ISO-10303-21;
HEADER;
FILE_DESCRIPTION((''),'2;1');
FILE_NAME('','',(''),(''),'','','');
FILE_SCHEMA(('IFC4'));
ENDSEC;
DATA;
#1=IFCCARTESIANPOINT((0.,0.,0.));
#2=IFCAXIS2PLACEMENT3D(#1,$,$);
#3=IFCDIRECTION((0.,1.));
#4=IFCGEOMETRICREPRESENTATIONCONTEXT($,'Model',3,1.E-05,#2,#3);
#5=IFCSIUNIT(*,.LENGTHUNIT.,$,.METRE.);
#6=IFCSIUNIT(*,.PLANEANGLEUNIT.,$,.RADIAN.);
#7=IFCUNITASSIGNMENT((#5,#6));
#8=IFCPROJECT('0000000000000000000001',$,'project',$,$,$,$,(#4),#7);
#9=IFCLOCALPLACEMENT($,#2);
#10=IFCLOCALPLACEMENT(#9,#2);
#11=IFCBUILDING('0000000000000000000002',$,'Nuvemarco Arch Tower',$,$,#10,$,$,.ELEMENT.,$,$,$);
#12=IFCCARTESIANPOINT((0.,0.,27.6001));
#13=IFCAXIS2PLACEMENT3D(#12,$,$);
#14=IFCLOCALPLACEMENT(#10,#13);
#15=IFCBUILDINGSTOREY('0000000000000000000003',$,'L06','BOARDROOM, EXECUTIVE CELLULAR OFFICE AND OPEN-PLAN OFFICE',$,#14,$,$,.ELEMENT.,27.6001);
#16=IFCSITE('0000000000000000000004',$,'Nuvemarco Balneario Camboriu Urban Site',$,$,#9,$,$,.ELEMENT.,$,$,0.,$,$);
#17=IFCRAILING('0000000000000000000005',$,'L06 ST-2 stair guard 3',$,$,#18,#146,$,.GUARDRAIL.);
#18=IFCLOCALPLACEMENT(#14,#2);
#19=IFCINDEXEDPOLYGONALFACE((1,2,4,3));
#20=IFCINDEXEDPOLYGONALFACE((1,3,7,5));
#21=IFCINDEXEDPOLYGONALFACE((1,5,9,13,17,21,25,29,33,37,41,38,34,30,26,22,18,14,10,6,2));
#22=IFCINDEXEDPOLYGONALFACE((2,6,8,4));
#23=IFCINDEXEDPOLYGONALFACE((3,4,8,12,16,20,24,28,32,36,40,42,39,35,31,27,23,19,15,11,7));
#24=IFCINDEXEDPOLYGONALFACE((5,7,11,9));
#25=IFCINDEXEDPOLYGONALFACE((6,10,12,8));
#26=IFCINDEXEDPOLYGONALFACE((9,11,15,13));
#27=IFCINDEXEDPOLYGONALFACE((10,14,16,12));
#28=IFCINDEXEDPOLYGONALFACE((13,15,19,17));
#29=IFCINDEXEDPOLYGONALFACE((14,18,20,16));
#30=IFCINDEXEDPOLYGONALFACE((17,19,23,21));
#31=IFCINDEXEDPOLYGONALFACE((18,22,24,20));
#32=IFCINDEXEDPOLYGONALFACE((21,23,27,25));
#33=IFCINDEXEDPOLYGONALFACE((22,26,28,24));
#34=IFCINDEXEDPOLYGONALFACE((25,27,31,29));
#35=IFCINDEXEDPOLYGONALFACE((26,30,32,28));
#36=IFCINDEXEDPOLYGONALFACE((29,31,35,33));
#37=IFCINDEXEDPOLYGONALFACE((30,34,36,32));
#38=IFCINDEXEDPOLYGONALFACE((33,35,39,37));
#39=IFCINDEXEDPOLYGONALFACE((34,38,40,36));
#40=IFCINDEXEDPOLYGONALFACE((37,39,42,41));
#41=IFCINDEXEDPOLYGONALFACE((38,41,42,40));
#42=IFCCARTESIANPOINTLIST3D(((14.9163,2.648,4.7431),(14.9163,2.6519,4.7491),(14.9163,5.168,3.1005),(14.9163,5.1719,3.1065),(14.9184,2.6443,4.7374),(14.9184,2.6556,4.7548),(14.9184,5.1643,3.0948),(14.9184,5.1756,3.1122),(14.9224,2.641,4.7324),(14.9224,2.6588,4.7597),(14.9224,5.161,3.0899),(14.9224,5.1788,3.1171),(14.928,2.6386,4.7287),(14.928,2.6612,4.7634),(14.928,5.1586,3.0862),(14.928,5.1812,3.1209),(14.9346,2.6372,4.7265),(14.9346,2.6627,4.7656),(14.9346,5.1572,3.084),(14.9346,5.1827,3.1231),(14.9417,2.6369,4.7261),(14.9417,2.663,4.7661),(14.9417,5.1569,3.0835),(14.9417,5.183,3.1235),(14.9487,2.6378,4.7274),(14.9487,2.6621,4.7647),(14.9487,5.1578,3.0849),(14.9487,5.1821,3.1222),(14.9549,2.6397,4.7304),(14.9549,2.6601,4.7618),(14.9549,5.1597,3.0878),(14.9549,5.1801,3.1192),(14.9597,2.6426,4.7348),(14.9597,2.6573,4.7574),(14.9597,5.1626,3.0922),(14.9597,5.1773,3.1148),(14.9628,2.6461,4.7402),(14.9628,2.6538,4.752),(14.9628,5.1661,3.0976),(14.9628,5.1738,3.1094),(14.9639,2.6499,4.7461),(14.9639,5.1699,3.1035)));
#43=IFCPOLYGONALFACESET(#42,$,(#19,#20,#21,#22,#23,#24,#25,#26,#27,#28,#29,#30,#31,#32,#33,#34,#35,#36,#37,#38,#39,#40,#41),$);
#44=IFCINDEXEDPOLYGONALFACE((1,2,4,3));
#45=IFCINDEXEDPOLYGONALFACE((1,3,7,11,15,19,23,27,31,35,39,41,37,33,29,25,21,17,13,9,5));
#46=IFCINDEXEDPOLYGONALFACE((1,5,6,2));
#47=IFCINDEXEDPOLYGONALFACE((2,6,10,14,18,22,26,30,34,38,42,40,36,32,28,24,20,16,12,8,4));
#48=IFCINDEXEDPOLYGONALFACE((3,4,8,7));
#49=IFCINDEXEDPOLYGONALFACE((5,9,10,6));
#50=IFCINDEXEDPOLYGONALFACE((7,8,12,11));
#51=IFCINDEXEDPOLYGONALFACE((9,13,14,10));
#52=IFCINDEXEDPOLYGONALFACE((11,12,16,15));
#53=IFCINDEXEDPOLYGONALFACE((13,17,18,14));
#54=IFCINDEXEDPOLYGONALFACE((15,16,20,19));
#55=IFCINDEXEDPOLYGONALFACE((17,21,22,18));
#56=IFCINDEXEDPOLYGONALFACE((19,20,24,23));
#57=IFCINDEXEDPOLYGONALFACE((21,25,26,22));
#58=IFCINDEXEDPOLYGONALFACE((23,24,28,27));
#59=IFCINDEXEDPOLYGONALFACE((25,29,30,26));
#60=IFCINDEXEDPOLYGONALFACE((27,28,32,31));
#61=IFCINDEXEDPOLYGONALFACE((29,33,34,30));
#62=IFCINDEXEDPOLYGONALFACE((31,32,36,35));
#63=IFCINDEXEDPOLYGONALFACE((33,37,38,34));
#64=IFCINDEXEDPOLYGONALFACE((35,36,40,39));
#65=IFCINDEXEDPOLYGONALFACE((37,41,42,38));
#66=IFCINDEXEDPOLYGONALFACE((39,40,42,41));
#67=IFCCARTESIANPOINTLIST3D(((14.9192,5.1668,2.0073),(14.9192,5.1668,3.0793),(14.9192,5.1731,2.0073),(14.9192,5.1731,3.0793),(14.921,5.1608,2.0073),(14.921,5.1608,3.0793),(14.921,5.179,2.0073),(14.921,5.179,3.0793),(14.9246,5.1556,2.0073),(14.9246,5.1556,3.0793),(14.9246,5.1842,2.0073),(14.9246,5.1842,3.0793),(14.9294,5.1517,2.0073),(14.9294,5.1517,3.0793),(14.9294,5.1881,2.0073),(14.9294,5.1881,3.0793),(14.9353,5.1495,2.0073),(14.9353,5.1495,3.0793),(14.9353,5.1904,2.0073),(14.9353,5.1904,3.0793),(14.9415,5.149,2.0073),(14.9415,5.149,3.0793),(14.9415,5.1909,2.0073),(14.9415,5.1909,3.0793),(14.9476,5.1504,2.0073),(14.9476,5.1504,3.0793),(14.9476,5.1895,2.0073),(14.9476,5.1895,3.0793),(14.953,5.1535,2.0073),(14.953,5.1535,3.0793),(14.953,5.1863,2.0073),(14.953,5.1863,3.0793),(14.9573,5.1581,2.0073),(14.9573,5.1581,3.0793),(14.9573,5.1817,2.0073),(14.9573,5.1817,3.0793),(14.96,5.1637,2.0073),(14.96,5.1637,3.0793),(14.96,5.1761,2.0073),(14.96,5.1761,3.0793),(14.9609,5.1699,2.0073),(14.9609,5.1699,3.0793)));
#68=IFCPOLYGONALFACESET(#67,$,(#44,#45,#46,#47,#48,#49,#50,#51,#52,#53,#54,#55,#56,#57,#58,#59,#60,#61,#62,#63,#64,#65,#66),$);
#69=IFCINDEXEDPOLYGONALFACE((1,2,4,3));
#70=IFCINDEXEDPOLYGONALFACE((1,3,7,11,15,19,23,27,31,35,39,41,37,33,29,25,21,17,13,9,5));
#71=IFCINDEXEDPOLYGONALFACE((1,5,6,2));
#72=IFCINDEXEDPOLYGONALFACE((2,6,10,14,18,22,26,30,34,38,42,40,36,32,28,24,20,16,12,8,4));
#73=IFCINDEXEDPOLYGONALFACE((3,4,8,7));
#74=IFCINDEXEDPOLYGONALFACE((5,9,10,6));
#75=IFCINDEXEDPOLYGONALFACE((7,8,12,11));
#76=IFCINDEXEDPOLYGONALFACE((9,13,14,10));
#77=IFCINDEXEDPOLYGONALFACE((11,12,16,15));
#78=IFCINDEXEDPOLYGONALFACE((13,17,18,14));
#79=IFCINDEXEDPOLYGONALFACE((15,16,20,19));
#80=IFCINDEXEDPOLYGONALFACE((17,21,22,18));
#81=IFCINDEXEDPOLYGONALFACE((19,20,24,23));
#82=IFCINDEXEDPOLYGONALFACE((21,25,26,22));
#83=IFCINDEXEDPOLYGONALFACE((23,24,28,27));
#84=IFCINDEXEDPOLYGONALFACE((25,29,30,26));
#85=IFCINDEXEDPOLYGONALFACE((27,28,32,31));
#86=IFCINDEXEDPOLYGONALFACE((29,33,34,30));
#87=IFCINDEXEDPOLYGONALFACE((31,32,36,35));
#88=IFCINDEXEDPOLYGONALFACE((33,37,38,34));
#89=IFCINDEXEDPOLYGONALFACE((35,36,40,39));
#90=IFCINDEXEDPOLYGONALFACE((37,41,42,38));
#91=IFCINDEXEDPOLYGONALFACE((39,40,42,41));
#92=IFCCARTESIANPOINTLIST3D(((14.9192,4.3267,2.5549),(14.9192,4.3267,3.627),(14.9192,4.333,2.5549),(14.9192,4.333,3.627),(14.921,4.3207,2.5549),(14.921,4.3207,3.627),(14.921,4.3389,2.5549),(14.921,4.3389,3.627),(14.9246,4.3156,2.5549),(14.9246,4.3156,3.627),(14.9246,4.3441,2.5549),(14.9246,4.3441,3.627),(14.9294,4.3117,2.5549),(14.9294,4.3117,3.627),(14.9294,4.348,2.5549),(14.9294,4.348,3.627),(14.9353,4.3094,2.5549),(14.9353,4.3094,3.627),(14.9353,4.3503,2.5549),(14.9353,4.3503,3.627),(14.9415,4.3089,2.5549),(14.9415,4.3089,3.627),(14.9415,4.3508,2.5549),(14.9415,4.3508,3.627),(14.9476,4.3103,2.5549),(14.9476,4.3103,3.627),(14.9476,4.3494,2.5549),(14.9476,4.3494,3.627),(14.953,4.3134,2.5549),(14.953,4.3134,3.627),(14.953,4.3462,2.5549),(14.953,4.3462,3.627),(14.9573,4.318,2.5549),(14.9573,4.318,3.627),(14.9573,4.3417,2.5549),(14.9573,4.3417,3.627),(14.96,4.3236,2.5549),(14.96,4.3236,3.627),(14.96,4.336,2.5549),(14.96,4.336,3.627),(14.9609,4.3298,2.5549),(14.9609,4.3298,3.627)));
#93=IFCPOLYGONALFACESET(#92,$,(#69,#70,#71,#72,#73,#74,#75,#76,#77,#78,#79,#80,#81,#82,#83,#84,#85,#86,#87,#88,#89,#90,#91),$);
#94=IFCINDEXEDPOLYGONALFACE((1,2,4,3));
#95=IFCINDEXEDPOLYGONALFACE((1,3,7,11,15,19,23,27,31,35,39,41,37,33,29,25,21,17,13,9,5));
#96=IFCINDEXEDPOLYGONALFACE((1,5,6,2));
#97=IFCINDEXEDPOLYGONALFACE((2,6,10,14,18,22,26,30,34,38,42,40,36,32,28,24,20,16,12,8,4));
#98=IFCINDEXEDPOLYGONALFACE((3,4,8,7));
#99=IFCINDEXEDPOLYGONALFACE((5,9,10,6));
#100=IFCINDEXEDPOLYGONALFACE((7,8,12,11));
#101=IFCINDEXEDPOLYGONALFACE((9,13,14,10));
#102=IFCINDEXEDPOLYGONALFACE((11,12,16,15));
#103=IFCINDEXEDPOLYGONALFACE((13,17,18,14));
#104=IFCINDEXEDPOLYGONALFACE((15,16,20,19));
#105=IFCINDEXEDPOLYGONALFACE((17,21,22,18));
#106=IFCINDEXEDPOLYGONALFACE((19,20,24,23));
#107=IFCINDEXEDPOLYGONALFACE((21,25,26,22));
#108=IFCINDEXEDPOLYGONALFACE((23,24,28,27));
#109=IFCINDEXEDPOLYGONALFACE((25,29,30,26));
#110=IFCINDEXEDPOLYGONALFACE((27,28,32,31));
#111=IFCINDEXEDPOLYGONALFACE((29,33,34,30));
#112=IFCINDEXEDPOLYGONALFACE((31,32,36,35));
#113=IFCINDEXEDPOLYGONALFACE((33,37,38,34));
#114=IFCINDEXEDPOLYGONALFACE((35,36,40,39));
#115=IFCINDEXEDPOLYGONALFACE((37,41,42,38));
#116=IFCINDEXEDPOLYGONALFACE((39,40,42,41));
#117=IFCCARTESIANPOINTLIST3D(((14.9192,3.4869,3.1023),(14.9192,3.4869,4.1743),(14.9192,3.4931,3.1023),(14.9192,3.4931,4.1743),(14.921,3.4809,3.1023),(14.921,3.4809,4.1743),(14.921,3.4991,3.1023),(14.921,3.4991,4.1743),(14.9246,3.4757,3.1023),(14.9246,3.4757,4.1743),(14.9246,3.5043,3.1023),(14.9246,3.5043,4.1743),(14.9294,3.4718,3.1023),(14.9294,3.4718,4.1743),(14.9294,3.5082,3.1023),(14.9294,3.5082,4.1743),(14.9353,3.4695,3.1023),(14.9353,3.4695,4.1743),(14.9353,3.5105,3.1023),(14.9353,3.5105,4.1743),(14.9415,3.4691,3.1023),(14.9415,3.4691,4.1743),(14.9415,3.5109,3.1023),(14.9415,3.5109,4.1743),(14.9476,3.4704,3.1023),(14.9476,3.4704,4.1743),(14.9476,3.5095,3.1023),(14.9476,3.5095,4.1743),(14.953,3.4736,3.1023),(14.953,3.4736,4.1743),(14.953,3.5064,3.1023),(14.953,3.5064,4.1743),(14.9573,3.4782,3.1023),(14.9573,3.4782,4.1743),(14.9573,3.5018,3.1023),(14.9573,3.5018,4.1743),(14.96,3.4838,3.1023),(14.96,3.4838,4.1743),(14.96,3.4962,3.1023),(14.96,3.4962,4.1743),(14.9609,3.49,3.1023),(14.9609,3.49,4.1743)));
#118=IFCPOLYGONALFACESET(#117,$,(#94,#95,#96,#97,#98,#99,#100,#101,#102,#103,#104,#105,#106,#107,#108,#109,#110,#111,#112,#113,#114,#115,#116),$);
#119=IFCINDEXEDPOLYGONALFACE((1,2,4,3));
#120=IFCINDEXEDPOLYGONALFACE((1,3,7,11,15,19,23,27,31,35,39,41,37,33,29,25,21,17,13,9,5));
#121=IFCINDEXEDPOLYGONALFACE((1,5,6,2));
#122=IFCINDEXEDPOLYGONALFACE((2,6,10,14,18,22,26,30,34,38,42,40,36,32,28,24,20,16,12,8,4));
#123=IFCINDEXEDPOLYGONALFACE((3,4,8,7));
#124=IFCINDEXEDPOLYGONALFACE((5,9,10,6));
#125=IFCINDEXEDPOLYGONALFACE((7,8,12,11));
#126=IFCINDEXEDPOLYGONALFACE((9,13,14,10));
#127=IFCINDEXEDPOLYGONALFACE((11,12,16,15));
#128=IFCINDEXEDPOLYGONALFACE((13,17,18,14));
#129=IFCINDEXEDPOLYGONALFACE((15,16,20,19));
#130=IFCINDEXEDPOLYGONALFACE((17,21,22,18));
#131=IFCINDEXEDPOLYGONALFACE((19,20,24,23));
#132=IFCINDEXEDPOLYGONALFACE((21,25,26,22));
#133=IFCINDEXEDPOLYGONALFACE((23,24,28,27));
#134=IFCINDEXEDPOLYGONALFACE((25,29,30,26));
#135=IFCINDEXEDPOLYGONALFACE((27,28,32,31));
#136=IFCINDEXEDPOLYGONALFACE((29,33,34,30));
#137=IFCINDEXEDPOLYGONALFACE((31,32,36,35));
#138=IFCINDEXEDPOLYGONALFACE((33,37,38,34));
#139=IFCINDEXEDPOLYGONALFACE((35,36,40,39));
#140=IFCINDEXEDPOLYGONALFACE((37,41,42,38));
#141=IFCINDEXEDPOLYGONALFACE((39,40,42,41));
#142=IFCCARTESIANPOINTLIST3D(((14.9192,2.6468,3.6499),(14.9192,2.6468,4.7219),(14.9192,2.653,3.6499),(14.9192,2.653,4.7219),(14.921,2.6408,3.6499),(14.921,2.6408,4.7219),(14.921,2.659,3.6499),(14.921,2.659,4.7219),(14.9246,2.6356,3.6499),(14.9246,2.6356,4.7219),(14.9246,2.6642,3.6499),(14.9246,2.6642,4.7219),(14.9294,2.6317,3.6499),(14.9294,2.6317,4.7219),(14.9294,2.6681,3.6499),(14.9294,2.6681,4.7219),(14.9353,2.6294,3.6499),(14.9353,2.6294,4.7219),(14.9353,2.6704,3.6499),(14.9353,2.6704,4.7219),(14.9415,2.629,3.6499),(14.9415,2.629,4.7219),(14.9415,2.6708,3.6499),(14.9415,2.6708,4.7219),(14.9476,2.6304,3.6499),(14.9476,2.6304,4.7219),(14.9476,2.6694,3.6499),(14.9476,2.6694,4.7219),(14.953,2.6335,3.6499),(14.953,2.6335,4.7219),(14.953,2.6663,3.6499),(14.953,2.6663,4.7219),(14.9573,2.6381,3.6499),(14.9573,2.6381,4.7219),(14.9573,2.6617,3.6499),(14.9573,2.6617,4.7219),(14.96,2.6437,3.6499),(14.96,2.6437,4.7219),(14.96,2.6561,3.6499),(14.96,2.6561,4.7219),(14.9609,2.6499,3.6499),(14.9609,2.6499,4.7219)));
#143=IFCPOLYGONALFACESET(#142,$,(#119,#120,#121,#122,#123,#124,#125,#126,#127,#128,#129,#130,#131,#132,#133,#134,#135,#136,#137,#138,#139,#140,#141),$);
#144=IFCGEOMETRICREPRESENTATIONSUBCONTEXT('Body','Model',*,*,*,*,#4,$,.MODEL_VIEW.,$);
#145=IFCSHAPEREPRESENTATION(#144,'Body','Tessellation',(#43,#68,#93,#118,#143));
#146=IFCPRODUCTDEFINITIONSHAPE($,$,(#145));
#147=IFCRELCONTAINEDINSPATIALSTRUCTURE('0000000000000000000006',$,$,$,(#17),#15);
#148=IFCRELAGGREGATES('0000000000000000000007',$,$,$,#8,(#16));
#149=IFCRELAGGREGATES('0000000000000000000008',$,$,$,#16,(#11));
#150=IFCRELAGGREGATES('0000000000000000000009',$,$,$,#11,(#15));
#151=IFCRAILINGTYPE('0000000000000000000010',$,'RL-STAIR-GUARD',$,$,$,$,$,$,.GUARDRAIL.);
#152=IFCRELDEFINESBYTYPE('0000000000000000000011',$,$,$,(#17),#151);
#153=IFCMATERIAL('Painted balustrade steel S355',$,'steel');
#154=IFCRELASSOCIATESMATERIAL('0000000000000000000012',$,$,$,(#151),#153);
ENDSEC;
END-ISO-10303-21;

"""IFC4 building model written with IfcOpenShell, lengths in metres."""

from ifc_helpers import new_model, si_unit, direction, frame, origin, origin_2d, place, context, subcontext, project, spatial, circle, extrude, material, type_object, element, save


model = new_model("IFC4")

# Units and contexts
model_context = context("Model", 3, precision=1e-05, world=origin(), true_north=direction((0.0, 1.0)))
body_context = subcontext(model_context, "Body", "Model", "MODEL_VIEW")
ifc_project = project(units=[si_unit("LENGTHUNIT", "METRE"), si_unit("PLANEANGLEUNIT", "RADIAN")], contexts=[model_context])

# Site, building, storey
site_placement = place(None, origin())
site = spatial("IfcSite", under=ifc_project, at=site_placement, Name="Nuvemarco Balneario Camboriu Urban Site", CompositionType="ELEMENT", RefElevation=0.0)
building_placement = place(site_placement, origin())
building = spatial("IfcBuilding", under=site, at=building_placement, Name="Nuvemarco Arch Tower", CompositionType="ELEMENT")
storey_placement = place(building_placement, frame((0.0, 0.0, 27.6001)))
storey = spatial("IfcBuildingStorey", under=building, at=storey_placement, Name="L06", Description="BOARDROOM, EXECUTIVE CELLULAR OFFICE AND OPEN-PLAN OFFICE", CompositionType="ELEMENT", Elevation=27.6001)

# Railing
ifc_material_1 = material(Name="Painted balustrade steel S355", Category="steel")
railing_type_1 = type_object("IfcRailingType", Name="RL-STAIR-GUARD", PredefinedType="GUARDRAIL", material=ifc_material_1)
railing_1_placement = place(storey_placement, frame((14.9399, 5.1699, 2.0073)))
element("IfcRailing", 1, at=railing_1_placement, inside=storey, type_object=railing_type_1, Name="L06 ST-2 stair guard 3", PredefinedType="GUARDRAIL", context=body_context, shape_type="SweptSolid", body=[
    extrude(circle(Radius=0.0239, at=origin_2d()), frame((0.0, 0.0, 1.0962), z_axis=(0.0, -0.837749, 0.546055), x_axis=(1.0, 0.0, 0.0)), (0.0, 0.0, 1.0), 3.0081),
    extrude(circle(Radius=0.021, at=origin_2d()), origin(), (0.0, 0.0, 1.0), 1.072),
    extrude(circle(Radius=0.021, at=origin_2d()), frame((0.0, -0.8401, 0.5476)), (0.0, 0.0, 1.0), 1.072),
    extrude(circle(Radius=0.021, at=origin_2d()), frame((0.0, -1.6799, 1.095)), (0.0, 0.0, 1.0), 1.072),
    extrude(circle(Radius=0.021, at=origin_2d()), frame((0.0, -2.52, 1.6426)), (0.0, 0.0, 1.0), 1.072),
])

save(model, "model.ifc")
